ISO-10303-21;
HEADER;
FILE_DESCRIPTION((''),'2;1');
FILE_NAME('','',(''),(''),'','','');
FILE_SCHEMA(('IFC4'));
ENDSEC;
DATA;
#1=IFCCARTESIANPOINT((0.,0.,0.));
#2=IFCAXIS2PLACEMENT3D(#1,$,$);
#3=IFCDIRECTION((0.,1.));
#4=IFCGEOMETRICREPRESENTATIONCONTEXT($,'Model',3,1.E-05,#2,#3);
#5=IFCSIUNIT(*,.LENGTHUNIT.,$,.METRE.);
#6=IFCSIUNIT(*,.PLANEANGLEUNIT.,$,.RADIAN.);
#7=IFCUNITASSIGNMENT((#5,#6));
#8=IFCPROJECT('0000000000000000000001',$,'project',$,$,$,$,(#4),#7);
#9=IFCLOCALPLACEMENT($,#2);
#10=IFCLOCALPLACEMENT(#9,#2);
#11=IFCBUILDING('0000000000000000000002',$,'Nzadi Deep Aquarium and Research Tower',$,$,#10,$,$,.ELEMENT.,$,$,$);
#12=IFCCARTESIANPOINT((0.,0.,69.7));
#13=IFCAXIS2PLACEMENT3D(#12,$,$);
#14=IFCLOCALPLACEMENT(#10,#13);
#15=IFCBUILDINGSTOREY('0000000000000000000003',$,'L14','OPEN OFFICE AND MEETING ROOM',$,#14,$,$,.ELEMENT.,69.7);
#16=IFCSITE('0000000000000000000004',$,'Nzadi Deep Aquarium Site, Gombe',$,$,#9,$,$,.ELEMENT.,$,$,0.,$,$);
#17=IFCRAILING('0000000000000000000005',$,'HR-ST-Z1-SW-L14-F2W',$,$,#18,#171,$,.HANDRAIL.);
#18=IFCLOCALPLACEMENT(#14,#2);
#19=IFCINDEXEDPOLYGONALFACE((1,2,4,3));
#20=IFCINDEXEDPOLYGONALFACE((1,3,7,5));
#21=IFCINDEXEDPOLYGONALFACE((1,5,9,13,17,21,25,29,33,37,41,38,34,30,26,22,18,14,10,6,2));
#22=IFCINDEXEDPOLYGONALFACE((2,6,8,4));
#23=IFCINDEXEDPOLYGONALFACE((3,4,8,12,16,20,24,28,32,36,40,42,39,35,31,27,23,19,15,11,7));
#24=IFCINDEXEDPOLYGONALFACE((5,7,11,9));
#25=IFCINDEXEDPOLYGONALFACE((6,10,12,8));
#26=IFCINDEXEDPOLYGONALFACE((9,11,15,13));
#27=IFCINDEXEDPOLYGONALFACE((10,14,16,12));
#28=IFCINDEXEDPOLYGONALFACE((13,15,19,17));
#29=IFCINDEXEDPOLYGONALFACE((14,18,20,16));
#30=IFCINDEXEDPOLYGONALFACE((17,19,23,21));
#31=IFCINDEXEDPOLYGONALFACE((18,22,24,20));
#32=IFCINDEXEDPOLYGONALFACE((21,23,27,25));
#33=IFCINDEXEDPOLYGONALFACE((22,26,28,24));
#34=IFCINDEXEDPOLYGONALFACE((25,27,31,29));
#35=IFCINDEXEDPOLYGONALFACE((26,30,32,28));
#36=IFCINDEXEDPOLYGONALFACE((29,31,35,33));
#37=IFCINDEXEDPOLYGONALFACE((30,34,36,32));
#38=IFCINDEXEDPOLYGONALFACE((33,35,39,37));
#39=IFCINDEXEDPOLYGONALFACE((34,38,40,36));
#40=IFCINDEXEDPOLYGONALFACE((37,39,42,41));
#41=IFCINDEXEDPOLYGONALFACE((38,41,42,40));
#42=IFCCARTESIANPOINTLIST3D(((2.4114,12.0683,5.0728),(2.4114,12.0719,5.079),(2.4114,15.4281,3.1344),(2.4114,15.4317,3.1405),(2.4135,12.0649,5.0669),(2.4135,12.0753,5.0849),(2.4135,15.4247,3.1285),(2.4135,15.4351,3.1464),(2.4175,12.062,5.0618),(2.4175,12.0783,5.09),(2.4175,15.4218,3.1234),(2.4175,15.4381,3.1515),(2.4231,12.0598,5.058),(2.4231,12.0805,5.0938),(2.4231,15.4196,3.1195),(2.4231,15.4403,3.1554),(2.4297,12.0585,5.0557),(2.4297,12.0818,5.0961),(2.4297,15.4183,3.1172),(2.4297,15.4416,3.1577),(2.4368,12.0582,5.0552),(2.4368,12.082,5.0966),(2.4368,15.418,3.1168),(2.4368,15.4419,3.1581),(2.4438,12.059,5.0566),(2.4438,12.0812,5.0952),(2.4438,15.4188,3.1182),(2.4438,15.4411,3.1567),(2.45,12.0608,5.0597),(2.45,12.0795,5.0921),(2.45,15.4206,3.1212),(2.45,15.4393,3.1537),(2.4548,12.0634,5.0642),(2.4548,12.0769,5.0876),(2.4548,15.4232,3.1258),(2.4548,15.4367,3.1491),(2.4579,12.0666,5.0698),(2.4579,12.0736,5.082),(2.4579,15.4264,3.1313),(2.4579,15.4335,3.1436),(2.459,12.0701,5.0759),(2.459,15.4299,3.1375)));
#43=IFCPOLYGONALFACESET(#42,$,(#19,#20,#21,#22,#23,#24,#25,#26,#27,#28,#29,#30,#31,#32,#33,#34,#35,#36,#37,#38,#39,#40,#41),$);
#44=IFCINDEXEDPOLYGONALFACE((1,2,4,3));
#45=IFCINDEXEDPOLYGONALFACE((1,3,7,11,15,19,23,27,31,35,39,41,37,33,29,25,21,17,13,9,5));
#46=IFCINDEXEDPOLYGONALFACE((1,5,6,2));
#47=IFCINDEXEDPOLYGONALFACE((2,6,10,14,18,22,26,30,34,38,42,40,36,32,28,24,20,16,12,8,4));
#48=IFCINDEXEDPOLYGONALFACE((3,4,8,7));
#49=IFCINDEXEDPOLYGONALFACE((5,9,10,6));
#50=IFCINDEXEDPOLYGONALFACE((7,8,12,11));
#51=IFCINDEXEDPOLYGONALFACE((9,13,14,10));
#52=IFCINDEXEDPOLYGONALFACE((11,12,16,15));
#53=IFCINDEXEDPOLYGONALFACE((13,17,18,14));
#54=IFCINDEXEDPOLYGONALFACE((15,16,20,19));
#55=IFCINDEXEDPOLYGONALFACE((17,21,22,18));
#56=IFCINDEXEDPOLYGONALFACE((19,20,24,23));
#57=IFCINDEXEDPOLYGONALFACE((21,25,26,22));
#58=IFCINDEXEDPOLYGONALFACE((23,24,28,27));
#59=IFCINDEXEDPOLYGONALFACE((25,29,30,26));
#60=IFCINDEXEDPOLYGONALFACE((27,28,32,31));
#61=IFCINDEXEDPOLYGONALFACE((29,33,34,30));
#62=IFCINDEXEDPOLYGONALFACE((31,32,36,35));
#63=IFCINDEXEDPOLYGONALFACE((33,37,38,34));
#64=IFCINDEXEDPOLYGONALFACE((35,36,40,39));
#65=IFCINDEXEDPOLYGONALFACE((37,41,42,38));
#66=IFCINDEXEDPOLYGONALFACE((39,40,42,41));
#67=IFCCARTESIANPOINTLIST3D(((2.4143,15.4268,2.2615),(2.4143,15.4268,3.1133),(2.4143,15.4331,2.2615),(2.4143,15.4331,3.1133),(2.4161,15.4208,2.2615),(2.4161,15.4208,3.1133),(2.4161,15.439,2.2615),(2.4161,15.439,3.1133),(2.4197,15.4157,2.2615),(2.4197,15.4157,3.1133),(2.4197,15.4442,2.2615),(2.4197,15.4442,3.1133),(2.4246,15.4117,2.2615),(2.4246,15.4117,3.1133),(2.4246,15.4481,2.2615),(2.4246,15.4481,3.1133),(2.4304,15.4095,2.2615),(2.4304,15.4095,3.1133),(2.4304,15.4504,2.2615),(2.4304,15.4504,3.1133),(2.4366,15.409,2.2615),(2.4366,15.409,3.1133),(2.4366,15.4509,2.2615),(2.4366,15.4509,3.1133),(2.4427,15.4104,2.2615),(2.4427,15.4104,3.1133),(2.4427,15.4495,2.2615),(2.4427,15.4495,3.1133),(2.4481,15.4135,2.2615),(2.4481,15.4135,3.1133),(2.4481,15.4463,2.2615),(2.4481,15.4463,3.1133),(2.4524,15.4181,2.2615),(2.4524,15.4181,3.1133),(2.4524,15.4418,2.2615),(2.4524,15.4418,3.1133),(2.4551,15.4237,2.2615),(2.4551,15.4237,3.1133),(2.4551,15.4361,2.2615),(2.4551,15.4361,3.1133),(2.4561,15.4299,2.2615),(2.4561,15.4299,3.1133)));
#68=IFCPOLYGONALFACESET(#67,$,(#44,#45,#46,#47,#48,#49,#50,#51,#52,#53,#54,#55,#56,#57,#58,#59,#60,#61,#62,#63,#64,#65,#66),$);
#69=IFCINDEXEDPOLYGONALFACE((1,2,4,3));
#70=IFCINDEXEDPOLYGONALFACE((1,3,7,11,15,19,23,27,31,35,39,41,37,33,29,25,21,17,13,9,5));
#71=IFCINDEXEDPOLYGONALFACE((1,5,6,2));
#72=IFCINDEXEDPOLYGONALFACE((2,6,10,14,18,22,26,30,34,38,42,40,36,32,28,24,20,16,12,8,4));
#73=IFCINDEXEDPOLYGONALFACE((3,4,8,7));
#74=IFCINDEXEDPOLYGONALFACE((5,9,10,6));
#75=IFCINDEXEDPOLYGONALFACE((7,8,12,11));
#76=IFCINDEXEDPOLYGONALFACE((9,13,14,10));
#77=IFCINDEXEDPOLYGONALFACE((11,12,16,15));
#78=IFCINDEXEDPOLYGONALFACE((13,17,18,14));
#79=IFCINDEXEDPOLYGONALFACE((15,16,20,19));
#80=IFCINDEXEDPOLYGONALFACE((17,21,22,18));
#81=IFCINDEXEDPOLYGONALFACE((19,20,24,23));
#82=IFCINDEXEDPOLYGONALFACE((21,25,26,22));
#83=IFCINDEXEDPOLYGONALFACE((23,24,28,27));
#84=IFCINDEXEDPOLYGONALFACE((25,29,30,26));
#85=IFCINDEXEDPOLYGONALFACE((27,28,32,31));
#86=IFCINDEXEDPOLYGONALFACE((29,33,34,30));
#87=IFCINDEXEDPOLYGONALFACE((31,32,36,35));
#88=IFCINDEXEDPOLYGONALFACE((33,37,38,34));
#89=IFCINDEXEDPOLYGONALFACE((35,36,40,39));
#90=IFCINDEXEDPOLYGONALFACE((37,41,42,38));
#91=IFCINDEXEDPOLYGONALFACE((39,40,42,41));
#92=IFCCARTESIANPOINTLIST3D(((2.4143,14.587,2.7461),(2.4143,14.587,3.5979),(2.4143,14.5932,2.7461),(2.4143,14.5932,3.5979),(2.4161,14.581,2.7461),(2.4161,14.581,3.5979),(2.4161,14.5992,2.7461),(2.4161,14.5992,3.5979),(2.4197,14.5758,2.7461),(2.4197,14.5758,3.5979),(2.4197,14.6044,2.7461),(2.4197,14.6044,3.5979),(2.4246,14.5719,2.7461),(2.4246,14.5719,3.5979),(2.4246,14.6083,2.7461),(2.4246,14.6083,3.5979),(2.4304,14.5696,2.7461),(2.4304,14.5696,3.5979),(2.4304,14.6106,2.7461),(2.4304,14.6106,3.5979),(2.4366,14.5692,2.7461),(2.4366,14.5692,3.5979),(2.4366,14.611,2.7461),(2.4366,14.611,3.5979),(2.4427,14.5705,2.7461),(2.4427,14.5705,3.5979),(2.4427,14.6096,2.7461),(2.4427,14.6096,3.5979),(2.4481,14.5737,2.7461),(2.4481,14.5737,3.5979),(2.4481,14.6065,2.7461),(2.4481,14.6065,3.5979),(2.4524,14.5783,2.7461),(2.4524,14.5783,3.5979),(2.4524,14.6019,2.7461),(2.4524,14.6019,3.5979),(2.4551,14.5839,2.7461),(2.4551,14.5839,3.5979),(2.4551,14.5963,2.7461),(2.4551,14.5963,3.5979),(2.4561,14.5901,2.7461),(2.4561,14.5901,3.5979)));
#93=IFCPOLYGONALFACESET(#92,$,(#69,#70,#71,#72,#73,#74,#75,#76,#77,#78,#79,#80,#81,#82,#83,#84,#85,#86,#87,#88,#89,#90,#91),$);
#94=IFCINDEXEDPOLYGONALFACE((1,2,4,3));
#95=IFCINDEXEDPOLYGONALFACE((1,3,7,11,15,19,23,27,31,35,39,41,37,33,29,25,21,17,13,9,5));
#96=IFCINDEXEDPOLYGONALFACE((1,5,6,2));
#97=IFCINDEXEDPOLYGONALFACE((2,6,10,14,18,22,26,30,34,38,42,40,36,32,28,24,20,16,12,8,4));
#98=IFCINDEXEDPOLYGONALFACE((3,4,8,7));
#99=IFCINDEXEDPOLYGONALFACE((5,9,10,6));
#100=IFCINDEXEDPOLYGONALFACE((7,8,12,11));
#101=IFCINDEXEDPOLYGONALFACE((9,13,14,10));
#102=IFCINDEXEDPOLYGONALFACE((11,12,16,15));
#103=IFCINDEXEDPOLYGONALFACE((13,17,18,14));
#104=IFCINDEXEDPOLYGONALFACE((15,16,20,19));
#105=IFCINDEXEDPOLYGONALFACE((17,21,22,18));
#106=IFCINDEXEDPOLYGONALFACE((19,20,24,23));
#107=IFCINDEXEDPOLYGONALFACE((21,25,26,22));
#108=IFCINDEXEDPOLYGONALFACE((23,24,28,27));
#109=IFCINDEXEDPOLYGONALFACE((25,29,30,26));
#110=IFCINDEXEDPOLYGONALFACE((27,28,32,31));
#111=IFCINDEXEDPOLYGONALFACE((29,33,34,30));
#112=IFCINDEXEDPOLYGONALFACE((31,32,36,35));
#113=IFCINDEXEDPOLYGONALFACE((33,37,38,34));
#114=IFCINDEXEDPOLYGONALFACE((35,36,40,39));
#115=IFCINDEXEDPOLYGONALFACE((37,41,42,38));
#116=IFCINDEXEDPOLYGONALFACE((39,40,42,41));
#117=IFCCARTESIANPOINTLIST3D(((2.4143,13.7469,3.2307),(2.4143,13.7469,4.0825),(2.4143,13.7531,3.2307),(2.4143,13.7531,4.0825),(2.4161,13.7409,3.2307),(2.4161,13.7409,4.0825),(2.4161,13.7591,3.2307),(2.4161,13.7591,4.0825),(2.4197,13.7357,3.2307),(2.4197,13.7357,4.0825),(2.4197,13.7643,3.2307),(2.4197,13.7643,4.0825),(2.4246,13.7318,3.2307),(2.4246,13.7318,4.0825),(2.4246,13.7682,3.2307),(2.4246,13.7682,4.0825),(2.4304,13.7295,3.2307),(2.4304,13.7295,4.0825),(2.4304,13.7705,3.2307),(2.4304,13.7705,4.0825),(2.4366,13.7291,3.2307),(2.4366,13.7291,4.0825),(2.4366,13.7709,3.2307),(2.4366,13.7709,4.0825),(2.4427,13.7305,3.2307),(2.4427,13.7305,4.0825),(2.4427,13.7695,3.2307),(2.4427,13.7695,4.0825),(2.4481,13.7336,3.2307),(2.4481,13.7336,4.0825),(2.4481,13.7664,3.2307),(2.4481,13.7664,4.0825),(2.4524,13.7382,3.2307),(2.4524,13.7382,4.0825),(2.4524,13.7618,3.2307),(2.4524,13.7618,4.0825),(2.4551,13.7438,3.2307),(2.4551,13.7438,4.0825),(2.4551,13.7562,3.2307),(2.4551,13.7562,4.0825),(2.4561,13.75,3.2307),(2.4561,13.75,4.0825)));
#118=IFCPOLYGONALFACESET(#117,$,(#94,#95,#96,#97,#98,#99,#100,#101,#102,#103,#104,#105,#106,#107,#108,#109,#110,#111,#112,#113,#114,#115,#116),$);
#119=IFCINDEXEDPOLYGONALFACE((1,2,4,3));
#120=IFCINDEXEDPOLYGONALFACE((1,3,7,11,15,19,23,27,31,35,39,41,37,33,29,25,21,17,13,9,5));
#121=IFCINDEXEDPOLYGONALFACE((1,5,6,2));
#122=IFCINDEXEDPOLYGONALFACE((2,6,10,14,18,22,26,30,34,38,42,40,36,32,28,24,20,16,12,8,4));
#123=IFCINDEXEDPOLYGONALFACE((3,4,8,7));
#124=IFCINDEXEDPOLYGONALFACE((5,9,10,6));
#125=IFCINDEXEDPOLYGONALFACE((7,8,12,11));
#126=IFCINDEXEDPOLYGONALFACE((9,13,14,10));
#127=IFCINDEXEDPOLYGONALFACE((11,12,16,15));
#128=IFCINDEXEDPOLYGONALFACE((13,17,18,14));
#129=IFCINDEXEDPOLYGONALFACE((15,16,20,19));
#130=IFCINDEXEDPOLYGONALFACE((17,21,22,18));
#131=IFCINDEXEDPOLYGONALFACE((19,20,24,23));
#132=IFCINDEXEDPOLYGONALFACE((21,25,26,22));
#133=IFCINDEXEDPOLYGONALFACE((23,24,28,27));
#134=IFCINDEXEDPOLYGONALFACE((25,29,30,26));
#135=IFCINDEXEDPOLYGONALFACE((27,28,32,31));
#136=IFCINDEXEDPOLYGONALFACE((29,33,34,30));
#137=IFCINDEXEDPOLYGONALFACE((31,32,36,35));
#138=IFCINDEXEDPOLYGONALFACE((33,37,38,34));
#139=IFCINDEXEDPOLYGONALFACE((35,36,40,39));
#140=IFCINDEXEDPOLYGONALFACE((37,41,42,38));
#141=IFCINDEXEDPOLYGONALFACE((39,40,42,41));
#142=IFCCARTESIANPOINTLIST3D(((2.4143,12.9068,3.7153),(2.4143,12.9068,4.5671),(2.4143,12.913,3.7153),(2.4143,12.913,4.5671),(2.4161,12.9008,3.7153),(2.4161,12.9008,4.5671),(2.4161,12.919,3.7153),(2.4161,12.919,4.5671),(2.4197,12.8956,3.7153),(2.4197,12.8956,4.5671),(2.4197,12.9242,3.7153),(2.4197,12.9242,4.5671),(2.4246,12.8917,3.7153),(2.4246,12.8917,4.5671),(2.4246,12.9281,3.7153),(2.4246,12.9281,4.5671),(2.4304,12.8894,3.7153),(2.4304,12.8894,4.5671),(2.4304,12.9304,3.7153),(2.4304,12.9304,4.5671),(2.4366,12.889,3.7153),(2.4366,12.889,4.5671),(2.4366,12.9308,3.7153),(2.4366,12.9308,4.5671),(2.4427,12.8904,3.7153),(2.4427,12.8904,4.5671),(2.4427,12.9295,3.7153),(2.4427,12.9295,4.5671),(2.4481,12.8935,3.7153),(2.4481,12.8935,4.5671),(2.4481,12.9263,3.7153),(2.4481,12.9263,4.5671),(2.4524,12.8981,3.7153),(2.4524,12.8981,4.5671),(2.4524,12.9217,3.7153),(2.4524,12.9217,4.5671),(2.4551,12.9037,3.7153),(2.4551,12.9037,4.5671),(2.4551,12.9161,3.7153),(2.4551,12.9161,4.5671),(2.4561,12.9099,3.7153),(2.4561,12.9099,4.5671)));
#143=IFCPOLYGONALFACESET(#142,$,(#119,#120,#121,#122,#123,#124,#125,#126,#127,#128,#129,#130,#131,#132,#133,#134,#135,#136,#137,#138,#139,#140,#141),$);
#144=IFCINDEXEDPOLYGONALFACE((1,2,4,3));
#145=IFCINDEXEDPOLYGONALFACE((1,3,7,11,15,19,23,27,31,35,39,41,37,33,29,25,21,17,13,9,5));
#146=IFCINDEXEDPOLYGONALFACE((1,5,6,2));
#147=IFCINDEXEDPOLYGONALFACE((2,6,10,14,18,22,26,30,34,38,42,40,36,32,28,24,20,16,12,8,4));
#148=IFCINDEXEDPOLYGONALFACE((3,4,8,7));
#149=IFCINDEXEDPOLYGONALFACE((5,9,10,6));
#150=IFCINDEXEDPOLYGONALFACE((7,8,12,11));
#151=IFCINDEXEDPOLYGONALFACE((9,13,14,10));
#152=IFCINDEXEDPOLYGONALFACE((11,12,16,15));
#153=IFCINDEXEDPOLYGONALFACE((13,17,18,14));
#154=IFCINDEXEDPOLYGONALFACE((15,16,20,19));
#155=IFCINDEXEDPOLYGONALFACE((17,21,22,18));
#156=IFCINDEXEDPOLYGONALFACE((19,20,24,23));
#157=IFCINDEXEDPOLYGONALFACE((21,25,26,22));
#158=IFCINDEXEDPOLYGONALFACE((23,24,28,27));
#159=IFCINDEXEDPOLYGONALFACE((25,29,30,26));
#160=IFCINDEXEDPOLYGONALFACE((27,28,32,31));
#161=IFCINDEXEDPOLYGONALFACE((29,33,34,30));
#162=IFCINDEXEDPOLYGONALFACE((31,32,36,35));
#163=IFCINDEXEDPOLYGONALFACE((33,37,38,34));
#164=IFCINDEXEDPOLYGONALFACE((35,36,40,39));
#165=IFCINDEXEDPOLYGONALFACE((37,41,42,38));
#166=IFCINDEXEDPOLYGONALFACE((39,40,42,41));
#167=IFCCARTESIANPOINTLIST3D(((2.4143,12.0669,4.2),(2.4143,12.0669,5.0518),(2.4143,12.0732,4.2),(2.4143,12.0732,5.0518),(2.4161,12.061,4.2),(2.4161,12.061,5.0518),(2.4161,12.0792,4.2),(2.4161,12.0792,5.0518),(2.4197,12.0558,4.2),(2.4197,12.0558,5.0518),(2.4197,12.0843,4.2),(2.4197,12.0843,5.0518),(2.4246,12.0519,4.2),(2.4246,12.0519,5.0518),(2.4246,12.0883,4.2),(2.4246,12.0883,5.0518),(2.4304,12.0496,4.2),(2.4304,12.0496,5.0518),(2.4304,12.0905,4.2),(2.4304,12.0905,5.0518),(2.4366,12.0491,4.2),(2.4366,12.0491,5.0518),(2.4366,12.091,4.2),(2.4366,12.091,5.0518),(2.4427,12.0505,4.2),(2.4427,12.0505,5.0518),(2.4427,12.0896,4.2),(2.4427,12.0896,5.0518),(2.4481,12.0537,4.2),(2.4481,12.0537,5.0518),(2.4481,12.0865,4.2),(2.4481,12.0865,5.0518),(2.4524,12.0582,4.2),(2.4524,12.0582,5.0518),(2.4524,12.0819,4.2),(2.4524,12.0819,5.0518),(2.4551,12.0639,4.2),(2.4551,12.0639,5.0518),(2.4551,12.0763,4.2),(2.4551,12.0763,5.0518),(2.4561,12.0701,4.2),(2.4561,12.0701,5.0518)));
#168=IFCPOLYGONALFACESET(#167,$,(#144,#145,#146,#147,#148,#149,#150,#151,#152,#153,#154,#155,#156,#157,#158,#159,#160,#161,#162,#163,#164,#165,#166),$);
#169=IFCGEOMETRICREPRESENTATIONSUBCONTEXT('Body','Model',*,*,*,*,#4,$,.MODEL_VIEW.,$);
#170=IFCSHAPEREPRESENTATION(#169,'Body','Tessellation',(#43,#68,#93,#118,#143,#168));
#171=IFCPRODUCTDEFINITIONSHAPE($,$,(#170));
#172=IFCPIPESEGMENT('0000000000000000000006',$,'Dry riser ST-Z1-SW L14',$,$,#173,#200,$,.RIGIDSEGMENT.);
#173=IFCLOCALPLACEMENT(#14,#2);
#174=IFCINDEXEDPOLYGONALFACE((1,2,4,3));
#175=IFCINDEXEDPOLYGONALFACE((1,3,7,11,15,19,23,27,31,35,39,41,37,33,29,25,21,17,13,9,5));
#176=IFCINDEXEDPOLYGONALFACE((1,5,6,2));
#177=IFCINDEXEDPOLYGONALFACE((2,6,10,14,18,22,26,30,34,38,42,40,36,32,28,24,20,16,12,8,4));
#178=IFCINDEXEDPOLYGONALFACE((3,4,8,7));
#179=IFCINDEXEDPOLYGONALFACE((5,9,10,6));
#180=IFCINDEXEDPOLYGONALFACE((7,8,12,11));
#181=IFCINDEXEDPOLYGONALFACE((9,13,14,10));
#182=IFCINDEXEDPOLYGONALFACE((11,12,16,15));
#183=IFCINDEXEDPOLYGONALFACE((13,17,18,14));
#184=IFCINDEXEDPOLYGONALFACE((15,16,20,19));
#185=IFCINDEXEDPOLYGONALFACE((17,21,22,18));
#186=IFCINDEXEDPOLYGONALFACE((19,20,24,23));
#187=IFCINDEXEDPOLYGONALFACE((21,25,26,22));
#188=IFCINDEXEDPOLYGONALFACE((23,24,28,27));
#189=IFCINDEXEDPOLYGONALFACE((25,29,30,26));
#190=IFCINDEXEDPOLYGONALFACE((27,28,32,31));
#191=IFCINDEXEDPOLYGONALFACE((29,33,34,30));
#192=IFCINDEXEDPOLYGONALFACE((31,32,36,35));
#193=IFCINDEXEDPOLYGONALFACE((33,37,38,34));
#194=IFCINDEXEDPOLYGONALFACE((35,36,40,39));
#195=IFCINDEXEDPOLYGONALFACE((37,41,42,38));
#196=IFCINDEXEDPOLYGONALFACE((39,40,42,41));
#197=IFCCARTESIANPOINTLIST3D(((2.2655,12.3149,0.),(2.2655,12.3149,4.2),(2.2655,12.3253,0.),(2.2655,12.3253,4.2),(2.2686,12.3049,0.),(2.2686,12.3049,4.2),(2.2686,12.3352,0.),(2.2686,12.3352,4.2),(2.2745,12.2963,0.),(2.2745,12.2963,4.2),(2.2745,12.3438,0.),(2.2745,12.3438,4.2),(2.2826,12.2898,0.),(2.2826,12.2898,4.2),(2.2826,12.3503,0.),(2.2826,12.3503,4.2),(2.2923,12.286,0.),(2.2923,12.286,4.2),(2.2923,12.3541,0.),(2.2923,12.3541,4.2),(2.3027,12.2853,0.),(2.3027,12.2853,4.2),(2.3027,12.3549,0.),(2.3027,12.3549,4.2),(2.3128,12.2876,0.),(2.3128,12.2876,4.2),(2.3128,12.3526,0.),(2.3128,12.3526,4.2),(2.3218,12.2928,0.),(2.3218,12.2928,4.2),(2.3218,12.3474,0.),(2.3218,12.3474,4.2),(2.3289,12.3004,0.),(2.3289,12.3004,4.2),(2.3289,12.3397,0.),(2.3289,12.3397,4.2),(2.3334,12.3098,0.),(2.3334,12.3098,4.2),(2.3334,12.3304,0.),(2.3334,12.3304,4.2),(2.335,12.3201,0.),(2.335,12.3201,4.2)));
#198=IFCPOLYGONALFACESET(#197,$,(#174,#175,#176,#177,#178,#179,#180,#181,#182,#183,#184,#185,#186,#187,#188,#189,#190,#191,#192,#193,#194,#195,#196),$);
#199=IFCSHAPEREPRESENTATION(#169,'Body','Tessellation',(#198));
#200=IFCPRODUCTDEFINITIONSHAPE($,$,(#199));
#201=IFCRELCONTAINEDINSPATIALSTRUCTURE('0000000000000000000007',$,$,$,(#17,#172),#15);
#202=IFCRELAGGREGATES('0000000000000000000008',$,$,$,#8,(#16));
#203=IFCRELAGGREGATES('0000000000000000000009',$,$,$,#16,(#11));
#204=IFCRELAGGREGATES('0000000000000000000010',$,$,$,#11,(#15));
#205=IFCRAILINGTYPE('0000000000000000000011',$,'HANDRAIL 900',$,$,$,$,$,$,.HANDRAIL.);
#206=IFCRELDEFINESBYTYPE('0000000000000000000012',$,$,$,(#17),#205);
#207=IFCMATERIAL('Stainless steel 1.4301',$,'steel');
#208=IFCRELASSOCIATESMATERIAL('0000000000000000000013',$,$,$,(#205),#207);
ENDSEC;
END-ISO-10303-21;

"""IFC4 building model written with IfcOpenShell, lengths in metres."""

from ifc_helpers import new_model, si_unit, direction, frame, origin, origin_2d, place, context, subcontext, project, spatial, circle, extrude, material, type_object, element, save


model = new_model("IFC4")

# Units and contexts
model_context = context("Model", 3, precision=1e-05, world=origin(), true_north=direction((0.0, 1.0)))
body_context = subcontext(model_context, "Body", "Model", "MODEL_VIEW")
ifc_project = project(units=[si_unit("LENGTHUNIT", "METRE"), si_unit("PLANEANGLEUNIT", "RADIAN")], contexts=[model_context])

# Site, building, storey
site_placement = place(None, origin())
site = spatial("IfcSite", under=ifc_project, at=site_placement, Name="Nzadi Deep Aquarium Site, Gombe", CompositionType="ELEMENT", RefElevation=0.0)
building_placement = place(site_placement, origin())
building = spatial("IfcBuilding", under=site, at=building_placement, Name="Nzadi Deep Aquarium and Research Tower", CompositionType="ELEMENT")
storey_placement = place(building_placement, frame((0.0, 0.0, 69.7)))
storey = spatial("IfcBuildingStorey", under=building, at=storey_placement, Name="L14", Description="OPEN OFFICE AND MEETING ROOM", CompositionType="ELEMENT", Elevation=69.7)

# Railing
ifc_material_1 = material(Name="Stainless steel 1.4301", Category="steel")
railing_type = type_object("IfcRailingType", Name="HANDRAIL 900", PredefinedType="HANDRAIL", material=ifc_material_1)
for number, where, name in (
    (1, (2.4351, 15.4299, 2.2615), "HR-ST-Z1-SW-L14-F2W"),
):
    element("IfcRailing", number, at=place(storey_placement, frame(where)), inside=storey, type_object=railing_type, Name=name, PredefinedType="HANDRAIL", context=body_context, shape_type="SweptSolid", body=[
        extrude(circle(Radius=0.0239, at=origin_2d()), frame((0.0, 0.0, 0.876), z_axis=(0.0, -0.866175, 0.499741), x_axis=(1.0, 0.0, 0.0)), (0.0, 0.0, 1.0), 3.8789),
        extrude(circle(Radius=0.021, at=origin_2d()), origin(), (0.0, 0.0, 1.0), 0.8518),
        extrude(circle(Radius=0.021, at=origin_2d()), frame((0.0, -0.8398, 0.4846)), (0.0, 0.0, 1.0), 0.8518),
        extrude(circle(Radius=0.021, at=origin_2d()), frame((0.0, -1.6799, 0.9692)), (0.0, 0.0, 1.0), 0.8518),
        extrude(circle(Radius=0.021, at=origin_2d()), frame((0.0, -2.52, 1.4539)), (0.0, 0.0, 1.0), 0.8518),
        extrude(circle(Radius=0.021, at=origin_2d()), frame((0.0, -3.3599, 1.9385)), (0.0, 0.0, 1.0), 0.8518),
    ])

# Pipe segment
pipe_segment_placement = place(storey_placement, frame((2.3, 12.3201, 0.0), z_axis=(0.0, 0.0, 1.0), x_axis=(1.0, 0.0, 0.0)))
element("IfcPipeSegment", 2, at=pipe_segment_placement, inside=storey, Name="Dry riser ST-Z1-SW L14", PredefinedType="RIGIDSEGMENT", context=body_context, shape_type="SweptSolid", body=[
    extrude(circle(Radius=0.0349, at=origin_2d()), origin(), (0.0, 0.0, 1.0), 4.2),
])

save(model, "model.ifc")
